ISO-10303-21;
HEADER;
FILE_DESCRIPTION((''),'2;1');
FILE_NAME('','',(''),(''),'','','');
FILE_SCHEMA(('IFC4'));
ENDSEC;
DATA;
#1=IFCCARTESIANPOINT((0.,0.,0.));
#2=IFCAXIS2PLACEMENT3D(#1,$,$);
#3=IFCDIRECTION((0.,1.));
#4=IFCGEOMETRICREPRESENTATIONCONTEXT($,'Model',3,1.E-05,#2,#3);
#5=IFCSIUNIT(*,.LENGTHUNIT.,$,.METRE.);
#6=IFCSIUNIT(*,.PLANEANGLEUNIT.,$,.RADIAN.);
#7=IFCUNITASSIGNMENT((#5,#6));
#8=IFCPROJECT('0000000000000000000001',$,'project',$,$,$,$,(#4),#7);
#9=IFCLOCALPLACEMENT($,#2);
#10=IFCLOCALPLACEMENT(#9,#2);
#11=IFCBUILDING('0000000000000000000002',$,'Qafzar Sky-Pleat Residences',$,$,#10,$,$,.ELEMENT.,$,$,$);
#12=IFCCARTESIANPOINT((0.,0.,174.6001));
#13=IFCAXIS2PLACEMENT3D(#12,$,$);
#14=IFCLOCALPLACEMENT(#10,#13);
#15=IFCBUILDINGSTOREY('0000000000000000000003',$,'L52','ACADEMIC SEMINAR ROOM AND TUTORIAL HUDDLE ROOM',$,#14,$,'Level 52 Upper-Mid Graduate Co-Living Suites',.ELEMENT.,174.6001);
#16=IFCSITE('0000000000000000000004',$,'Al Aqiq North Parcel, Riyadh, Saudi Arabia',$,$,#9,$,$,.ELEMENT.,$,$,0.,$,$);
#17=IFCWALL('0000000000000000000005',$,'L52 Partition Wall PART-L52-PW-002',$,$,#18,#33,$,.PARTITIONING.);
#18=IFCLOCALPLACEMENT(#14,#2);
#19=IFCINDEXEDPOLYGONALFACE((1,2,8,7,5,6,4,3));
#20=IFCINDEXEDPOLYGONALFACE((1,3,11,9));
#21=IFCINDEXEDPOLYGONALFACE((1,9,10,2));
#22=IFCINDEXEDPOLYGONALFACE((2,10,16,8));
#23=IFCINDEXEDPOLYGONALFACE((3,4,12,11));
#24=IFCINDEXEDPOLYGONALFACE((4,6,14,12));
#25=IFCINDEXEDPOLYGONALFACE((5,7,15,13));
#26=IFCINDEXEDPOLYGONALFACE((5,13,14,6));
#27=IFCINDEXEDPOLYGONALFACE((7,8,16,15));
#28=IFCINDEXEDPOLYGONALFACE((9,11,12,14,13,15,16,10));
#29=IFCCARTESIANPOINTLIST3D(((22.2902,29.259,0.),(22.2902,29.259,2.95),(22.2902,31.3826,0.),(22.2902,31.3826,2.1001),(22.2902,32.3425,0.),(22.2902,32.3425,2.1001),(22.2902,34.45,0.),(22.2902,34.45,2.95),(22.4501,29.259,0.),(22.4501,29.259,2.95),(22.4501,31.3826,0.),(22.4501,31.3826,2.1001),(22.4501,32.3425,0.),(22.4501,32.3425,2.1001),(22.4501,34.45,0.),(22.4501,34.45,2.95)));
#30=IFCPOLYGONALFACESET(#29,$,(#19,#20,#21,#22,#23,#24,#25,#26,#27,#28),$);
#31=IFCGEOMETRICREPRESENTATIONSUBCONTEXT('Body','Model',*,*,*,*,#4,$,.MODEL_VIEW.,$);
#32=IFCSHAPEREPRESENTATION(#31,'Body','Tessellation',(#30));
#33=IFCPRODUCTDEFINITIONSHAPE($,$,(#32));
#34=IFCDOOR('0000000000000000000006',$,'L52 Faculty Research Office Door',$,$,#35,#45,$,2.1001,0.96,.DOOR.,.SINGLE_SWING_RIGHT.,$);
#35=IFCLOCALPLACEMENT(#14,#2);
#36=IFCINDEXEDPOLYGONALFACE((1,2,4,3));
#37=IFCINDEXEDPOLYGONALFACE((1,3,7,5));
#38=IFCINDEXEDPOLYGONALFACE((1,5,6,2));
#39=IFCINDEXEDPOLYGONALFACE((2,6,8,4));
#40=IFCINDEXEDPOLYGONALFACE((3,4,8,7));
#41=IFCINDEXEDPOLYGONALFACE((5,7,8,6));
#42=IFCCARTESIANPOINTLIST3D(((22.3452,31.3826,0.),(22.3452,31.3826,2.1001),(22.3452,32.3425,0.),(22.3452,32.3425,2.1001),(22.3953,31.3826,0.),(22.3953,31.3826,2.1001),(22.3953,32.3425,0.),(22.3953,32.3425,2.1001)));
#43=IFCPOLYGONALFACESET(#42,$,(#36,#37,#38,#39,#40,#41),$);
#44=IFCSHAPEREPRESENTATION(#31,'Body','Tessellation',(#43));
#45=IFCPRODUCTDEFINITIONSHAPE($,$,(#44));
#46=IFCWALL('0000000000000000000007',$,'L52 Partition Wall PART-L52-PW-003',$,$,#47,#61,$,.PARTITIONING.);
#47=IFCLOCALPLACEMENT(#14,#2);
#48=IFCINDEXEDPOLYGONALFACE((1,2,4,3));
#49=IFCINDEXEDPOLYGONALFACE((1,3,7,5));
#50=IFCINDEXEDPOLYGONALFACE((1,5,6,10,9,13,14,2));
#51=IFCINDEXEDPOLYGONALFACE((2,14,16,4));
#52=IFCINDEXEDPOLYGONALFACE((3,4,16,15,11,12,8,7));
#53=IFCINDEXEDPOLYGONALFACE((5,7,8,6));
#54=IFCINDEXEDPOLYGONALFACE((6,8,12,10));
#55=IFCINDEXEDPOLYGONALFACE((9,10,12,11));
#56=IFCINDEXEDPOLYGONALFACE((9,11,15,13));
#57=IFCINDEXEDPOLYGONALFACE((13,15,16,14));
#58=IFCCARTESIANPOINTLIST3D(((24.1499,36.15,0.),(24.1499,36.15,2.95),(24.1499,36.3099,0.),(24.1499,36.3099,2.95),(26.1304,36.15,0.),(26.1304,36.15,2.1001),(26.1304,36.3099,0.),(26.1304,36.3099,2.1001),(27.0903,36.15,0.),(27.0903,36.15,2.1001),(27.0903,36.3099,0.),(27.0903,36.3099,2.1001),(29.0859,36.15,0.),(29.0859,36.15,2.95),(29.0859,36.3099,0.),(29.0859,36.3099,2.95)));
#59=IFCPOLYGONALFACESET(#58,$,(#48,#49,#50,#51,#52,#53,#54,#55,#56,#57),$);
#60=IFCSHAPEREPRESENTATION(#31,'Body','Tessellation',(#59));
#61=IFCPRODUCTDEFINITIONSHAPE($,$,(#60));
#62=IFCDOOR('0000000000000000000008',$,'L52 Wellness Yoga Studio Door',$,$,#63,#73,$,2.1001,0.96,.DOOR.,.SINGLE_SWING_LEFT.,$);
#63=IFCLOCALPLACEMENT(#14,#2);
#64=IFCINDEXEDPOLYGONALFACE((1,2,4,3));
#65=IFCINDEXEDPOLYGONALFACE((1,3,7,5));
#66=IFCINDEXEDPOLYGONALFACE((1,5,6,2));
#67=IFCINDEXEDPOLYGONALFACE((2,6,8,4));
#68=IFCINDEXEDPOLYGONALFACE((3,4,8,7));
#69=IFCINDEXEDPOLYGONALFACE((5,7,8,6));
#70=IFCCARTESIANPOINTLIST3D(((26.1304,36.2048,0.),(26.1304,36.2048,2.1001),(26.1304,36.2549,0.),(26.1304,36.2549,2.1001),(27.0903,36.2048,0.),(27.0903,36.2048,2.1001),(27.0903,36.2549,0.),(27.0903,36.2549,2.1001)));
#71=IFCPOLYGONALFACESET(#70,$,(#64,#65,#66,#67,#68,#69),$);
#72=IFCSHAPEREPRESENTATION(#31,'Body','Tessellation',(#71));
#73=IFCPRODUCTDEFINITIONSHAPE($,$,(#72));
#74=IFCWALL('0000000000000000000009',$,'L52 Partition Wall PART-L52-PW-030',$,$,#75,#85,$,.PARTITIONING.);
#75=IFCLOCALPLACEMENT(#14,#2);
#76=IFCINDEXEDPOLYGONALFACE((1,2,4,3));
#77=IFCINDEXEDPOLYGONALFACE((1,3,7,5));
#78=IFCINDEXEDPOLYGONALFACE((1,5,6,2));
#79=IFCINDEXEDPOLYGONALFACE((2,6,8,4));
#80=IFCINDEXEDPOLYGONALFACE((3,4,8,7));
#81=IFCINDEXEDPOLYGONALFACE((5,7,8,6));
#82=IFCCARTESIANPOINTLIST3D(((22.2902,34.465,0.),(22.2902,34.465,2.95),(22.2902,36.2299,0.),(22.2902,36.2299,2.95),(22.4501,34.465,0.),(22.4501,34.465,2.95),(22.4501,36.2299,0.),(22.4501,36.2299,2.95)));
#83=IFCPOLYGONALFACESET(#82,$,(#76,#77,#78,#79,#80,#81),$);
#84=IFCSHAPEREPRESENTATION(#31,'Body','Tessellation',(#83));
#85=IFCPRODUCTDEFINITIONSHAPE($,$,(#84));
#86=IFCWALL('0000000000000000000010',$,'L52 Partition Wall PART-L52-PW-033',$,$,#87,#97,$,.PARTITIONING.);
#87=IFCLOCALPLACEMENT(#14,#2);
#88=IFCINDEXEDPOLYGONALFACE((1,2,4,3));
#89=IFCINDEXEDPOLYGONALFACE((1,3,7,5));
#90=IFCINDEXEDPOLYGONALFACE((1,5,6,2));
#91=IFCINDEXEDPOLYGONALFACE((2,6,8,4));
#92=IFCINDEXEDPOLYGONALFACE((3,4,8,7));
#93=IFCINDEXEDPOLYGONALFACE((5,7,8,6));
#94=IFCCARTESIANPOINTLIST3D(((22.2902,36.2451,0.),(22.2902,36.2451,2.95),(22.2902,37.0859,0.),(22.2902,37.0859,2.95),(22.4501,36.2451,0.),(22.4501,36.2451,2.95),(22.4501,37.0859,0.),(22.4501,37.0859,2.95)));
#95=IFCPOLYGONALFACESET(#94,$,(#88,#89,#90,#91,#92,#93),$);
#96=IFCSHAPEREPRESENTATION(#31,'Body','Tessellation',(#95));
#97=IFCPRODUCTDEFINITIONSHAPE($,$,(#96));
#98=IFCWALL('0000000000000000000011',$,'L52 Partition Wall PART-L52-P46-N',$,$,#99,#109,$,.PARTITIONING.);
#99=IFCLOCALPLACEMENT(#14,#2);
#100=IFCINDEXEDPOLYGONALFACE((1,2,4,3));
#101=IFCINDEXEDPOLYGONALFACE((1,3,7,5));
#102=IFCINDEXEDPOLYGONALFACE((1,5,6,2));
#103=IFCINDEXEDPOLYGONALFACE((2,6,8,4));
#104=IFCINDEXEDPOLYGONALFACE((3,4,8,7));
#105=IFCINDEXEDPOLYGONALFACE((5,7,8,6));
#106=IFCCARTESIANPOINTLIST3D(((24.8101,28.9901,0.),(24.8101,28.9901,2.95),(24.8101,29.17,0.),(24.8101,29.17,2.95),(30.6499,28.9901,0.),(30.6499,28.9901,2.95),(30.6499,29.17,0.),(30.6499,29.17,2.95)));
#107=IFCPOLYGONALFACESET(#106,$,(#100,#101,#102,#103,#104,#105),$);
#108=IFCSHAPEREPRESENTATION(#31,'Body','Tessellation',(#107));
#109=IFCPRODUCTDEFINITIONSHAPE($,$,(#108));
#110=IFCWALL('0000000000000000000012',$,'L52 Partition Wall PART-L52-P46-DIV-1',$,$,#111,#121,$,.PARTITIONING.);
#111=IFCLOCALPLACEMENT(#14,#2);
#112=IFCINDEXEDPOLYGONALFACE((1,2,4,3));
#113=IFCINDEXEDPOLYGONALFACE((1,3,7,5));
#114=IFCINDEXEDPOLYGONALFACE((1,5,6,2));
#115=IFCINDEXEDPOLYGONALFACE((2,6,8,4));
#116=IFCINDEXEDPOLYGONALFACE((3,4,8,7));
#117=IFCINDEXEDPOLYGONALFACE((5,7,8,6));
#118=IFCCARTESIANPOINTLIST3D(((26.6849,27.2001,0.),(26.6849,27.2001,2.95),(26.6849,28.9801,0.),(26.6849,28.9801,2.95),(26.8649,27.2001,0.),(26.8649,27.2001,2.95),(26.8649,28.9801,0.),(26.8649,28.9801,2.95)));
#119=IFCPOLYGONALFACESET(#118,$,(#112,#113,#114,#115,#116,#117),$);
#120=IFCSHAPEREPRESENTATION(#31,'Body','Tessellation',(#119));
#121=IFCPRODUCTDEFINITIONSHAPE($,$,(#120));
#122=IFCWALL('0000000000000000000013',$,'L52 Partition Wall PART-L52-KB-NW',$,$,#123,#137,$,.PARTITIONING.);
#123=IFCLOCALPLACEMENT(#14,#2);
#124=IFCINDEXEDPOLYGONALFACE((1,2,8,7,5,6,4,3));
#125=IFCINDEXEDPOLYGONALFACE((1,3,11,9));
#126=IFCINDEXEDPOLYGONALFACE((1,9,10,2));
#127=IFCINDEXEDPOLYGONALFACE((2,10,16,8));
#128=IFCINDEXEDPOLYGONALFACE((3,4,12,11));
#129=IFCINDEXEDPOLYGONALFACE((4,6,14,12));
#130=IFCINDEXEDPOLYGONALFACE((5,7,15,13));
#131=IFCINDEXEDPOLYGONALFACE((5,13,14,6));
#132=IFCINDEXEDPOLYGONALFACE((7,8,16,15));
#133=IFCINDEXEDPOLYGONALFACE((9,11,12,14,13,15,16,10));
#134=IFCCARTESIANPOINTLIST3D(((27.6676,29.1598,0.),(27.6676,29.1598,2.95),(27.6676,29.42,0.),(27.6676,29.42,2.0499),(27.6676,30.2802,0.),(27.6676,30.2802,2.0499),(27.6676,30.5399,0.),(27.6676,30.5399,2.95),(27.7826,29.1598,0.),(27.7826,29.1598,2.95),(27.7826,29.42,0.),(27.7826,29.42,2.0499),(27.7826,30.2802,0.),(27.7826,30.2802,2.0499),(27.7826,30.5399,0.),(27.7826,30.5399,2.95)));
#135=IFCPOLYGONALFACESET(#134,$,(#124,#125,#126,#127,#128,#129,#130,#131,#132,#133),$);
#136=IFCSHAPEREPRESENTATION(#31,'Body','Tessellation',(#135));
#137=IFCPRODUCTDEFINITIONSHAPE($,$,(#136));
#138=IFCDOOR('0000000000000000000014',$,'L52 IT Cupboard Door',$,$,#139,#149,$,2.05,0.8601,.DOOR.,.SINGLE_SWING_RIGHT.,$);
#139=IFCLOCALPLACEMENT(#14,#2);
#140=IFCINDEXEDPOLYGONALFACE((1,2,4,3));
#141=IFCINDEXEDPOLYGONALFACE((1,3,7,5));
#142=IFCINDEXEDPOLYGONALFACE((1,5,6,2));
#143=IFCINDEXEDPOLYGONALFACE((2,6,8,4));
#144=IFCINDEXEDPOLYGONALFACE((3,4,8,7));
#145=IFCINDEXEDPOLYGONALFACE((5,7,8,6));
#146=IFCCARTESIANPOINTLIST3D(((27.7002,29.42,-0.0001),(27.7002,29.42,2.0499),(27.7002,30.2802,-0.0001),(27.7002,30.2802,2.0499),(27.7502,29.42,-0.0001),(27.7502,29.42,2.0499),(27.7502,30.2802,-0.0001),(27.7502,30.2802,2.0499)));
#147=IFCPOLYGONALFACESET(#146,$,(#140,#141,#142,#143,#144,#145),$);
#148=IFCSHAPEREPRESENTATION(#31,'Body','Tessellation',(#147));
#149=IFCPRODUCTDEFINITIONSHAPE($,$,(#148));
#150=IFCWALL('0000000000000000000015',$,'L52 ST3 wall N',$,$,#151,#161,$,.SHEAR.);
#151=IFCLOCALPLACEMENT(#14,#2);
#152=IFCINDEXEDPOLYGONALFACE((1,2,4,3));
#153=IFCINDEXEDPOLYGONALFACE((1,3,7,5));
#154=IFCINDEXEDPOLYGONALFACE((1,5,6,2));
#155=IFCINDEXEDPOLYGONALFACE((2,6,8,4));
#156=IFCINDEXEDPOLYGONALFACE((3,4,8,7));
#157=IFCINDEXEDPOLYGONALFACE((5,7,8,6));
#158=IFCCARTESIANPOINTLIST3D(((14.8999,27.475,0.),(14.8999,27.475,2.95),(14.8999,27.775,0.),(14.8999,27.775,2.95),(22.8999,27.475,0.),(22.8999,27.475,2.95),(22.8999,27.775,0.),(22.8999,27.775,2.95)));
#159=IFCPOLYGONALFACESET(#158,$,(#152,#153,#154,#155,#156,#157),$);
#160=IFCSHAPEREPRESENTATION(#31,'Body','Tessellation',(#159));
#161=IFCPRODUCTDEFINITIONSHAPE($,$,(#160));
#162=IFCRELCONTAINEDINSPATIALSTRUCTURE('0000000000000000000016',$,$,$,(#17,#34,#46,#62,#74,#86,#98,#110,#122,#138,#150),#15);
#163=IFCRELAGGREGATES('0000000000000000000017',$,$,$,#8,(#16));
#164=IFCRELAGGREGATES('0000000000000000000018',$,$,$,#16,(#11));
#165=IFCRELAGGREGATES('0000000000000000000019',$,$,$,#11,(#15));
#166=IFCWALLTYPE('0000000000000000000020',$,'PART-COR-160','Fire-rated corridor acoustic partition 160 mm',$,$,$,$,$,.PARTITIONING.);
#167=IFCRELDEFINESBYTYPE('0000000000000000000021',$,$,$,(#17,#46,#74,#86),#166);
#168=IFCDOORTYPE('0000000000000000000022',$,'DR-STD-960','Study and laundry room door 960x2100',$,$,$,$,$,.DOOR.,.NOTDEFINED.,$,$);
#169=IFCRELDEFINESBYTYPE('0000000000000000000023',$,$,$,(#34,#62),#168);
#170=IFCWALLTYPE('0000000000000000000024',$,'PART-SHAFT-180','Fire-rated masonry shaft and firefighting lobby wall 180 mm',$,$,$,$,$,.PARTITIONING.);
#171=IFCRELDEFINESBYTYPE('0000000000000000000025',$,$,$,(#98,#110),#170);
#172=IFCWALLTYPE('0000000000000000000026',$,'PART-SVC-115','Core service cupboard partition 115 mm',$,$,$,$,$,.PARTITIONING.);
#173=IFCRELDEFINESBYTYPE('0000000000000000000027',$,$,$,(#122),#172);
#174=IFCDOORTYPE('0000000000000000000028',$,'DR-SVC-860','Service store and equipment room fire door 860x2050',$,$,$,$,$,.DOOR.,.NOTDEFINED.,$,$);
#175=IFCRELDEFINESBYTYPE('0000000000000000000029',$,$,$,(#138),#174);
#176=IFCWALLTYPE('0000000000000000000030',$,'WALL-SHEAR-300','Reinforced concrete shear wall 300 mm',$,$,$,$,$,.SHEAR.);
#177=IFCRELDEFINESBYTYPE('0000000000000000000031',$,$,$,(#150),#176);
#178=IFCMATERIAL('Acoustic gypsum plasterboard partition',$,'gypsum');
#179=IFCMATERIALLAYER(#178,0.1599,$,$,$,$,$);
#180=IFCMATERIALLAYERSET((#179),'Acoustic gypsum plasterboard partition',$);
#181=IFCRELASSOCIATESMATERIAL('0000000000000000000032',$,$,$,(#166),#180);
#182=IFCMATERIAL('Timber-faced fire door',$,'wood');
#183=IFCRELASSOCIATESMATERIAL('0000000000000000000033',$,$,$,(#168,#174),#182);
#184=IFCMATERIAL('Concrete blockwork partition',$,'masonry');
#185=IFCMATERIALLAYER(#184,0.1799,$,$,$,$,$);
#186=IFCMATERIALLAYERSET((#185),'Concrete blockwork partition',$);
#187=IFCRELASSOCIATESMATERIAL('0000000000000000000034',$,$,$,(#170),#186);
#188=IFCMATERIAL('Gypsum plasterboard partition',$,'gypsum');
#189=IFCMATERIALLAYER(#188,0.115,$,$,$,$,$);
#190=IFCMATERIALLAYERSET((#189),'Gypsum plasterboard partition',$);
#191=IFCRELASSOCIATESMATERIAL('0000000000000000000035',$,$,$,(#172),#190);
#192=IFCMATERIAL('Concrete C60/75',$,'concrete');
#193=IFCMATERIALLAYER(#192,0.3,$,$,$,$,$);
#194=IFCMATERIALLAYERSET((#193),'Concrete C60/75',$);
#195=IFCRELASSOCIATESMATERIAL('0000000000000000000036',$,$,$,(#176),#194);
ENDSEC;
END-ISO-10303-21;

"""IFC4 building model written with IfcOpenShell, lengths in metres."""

from ifc_helpers import new_model, si_unit, direction, frame, frame_2d, origin, place, context, subcontext, project, spatial, rectangle, extrude, source, transform, mapped, material, layer, layer_set, type_object, element, fill, save


model = new_model("IFC4")

# Units and contexts
model_context = context("Model", 3, precision=1e-05, world=origin(), true_north=direction((0.0, 1.0)))
body_context = subcontext(model_context, "Body", "Model", "MODEL_VIEW")
ifc_project = project(units=[si_unit("LENGTHUNIT", "METRE"), si_unit("PLANEANGLEUNIT", "RADIAN")], contexts=[model_context])

# Site, building, storey
site_placement = place(None, origin())
site = spatial("IfcSite", under=ifc_project, at=site_placement, Name="Al Aqiq North Parcel, Riyadh, Saudi Arabia", CompositionType="ELEMENT", RefElevation=0.0)
building_placement = place(site_placement, origin())
building = spatial("IfcBuilding", under=site, at=building_placement, Name="Qafzar Sky-Pleat Residences", CompositionType="ELEMENT")
storey_placement = place(building_placement, frame((0.0, 0.0, 174.6001)))
storey = spatial("IfcBuildingStorey", under=building, at=storey_placement, Name="L52", Description="ACADEMIC SEMINAR ROOM AND TUTORIAL HUDDLE ROOM", LongName="Level 52 Upper-Mid Graduate Co-Living Suites", CompositionType="ELEMENT", Elevation=174.6001)

# Walls, openings, doors
ifc_material_1 = material(Name="Acoustic gypsum plasterboard partition", Category="gypsum")
ifc_layer_1 = layer(ifc_material_1, 0.1599)
ifc_layer_set_1 = layer_set([ifc_layer_1], Name="Acoustic gypsum plasterboard partition")
wall_type_1 = type_object("IfcWallType", Name="PART-COR-160", Description="Fire-rated corridor acoustic partition 160 mm", PredefinedType="PARTITIONING", material=ifc_layer_set_1)
wall_1_placement = place(storey_placement, frame((22.3701, 29.259, 0.0), z_axis=(0.0, 0.0, 1.0), x_axis=(0.0, 1.0, 0.0)))
wall_1 = element("IfcWall", 1, at=wall_1_placement, inside=storey, type_object=wall_type_1, Name="L52 Partition Wall PART-L52-PW-002", PredefinedType="PARTITIONING", context=body_context, shape_type="SweptSolid", body=[
    extrude(rectangle(XDim=5.1909, YDim=0.1599, at=frame_2d((2.5955, 0.0))), origin(), (0.0, 0.0, 1.0), 2.95),
])
opening_1_placement = place(wall_1_placement, frame((2.1235, 0.0, 0.0)))
opening_1 = element("IfcOpeningElement", 2, at=opening_1_placement, cuts=wall_1, PredefinedType="OPENING", context=body_context, shape_type="SweptSolid", body=[
    extrude(rectangle(XDim=0.96, YDim=2.1001, at=frame_2d((0.48, 1.05))), frame((0.0, 0.0898, 0.0), z_axis=(0.0, -1.0, 0.0), x_axis=(1.0, 0.0, 0.0)), (0.0, 0.0, 1.0), 0.1799),
])
ifc_material_2 = material(Name="Timber-faced fire door", Category="wood")
door_type_1 = type_object("IfcDoorType", Name="DR-STD-960", Description="Study and laundry room door 960x2100", OperationType="NOTDEFINED", PredefinedType="DOOR", material=ifc_material_2)
shared_shape_1 = source(origin(), body_context, "Body", "SweptSolid", [
    extrude(rectangle(XDim=0.96, YDim=2.1001, at=frame_2d((0.48, 1.05))), frame((0.0, 0.0249, 0.0), z_axis=(0.0, -1.0, 0.0), x_axis=(1.0, 0.0, 0.0)), (0.0, 0.0, 1.0), 0.05),
])
door_1_placement = place(opening_1_placement, origin())
door_1 = element("IfcDoor", 3, at=door_1_placement, inside=storey, type_object=door_type_1, Name="L52 Faculty Research Office Door", OperationType="SINGLE_SWING_RIGHT", OverallHeight=2.1001, OverallWidth=0.96, PredefinedType="DOOR", context=body_context, shape_type="MappedRepresentation", body=[
    mapped(shared_shape_1, transform((0.0, 0.0, 0.0), x_axis=(1.0, 0.0, 0.0), y_axis=(0.0, 1.0, 0.0), z_axis=(0.0, 0.0, 1.0), scale=1.0)),
])
fill(opening_1, door_1)
wall_2_placement = place(storey_placement, frame((24.1499, 36.23, 0.0), z_axis=(0.0, 0.0, 1.0), x_axis=(1.0, 0.0, 0.0)))
wall_2 = element("IfcWall", 4, at=wall_2_placement, inside=storey, type_object=wall_type_1, Name="L52 Partition Wall PART-L52-PW-003", PredefinedType="PARTITIONING", context=body_context, shape_type="SweptSolid", body=[
    extrude(rectangle(XDim=4.936, YDim=0.1599, at=frame_2d((2.468, 0.0))), origin(), (0.0, 0.0, 1.0), 2.95),
])
opening_2_placement = place(wall_2_placement, frame((1.9805, 0.0, 0.0)))
opening_2 = element("IfcOpeningElement", 5, at=opening_2_placement, cuts=wall_2, PredefinedType="OPENING", context=body_context, shape_type="SweptSolid", body=[
    extrude(rectangle(XDim=0.96, YDim=2.1001, at=frame_2d((0.48, 1.05))), frame((0.0, 0.0898, 0.0), z_axis=(0.0, -1.0, 0.0), x_axis=(1.0, 0.0, 0.0)), (0.0, 0.0, 1.0), 0.1799),
])
door_2_placement = place(opening_2_placement, origin())
door_2 = element("IfcDoor", 6, at=door_2_placement, inside=storey, type_object=door_type_1, Name="L52 Wellness Yoga Studio Door", OperationType="SINGLE_SWING_LEFT", OverallHeight=2.1001, OverallWidth=0.96, PredefinedType="DOOR", context=body_context, shape_type="MappedRepresentation", body=[
    mapped(shared_shape_1, transform((0.0, 0.0, 0.0), x_axis=(1.0, 0.0, 0.0), y_axis=(0.0, 1.0, 0.0), z_axis=(0.0, 0.0, 1.0), scale=1.0)),
])
fill(opening_2, door_2)

# Walls
wall_3_placement = place(storey_placement, frame((22.3701, 34.4651, 0.0), z_axis=(0.0, 0.0, 1.0), x_axis=(0.0, 1.0, 0.0)))
element("IfcWall", 7, at=wall_3_placement, inside=storey, type_object=wall_type_1, Name="L52 Partition Wall PART-L52-PW-030", PredefinedType="PARTITIONING", context=body_context, shape_type="SweptSolid", body=[
    extrude(rectangle(XDim=1.7649, YDim=0.1599, at=frame_2d((0.8823, 0.0))), origin(), (0.0, 0.0, 1.0), 2.95),
])
wall_4_placement = place(storey_placement, frame((22.3701, 36.2451, 0.0), z_axis=(0.0, 0.0, 1.0), x_axis=(0.0, 1.0, 0.0)))
element("IfcWall", 8, at=wall_4_placement, inside=storey, type_object=wall_type_1, Name="L52 Partition Wall PART-L52-PW-033", PredefinedType="PARTITIONING", context=body_context, shape_type="SweptSolid", body=[
    extrude(rectangle(XDim=0.8408, YDim=0.1599, at=frame_2d((0.4204, 0.0))), origin(), (0.0, 0.0, 1.0), 2.95),
])
ifc_material_3 = material(Name="Concrete blockwork partition", Category="masonry")
ifc_layer_2 = layer(ifc_material_3, 0.1799)
ifc_layer_set_2 = layer_set([ifc_layer_2], Name="Concrete blockwork partition")
wall_type_2 = type_object("IfcWallType", Name="PART-SHAFT-180", Description="Fire-rated masonry shaft and firefighting lobby wall 180 mm", PredefinedType="PARTITIONING", material=ifc_layer_set_2)
wall_5_placement = place(storey_placement, frame((24.8101, 29.0801, 0.0), z_axis=(0.0, 0.0, 1.0), x_axis=(1.0, 0.0, 0.0)))
element("IfcWall", 9, at=wall_5_placement, inside=storey, type_object=wall_type_2, Name="L52 Partition Wall PART-L52-P46-N", PredefinedType="PARTITIONING", context=body_context, shape_type="SweptSolid", body=[
    extrude(rectangle(XDim=5.8398, YDim=0.1799, at=frame_2d((2.9199, 0.0))), origin(), (0.0, 0.0, 1.0), 2.95),
])

# Wall
wall_6_placement = place(storey_placement, frame((26.7749, 27.2, 0.0), z_axis=(0.0, 0.0, 1.0), x_axis=(0.0, 1.0, 0.0)))
element("IfcWall", 10, at=wall_6_placement, inside=storey, type_object=wall_type_2, Name="L52 Partition Wall PART-L52-P46-DIV-1", PredefinedType="PARTITIONING", context=body_context, shape_type="SweptSolid", body=[
    extrude(rectangle(XDim=1.78, YDim=0.1799, at=frame_2d((0.8901, 0.0))), origin(), (0.0, 0.0, 1.0), 2.95),
])

# Wall, opening, door
ifc_material_4 = material(Name="Gypsum plasterboard partition", Category="gypsum")
ifc_layer_3 = layer(ifc_material_4, 0.115)
ifc_layer_set_3 = layer_set([ifc_layer_3], Name="Gypsum plasterboard partition")
wall_type_3 = type_object("IfcWallType", Name="PART-SVC-115", Description="Core service cupboard partition 115 mm", PredefinedType="PARTITIONING", material=ifc_layer_set_3)
wall_7_placement = place(storey_placement, frame((27.7251, 29.1599, 0.0), z_axis=(0.0, 0.0, 1.0), x_axis=(0.0, 1.0, 0.0)))
wall_7 = element("IfcWall", 11, at=wall_7_placement, inside=storey, type_object=wall_type_3, Name="L52 Partition Wall PART-L52-KB-NW", PredefinedType="PARTITIONING", context=body_context, shape_type="SweptSolid", body=[
    extrude(rectangle(XDim=1.3801, YDim=0.115, at=frame_2d((0.6899, 0.0))), origin(), (0.0, 0.0, 1.0), 2.95),
])
opening_3_placement = place(wall_7_placement, frame((0.26, 0.0, 0.0)))
opening_3 = element("IfcOpeningElement", 12, at=opening_3_placement, cuts=wall_7, PredefinedType="OPENING", context=body_context, shape_type="SweptSolid", body=[
    extrude(rectangle(XDim=0.8601, YDim=2.05, at=frame_2d((0.4302, 1.0249))), frame((0.0, 0.0674, 0.0), z_axis=(0.0, -1.0, 0.0), x_axis=(1.0, 0.0, 0.0)), (0.0, 0.0, 1.0), 0.135),
])
door_type_2 = type_object("IfcDoorType", Name="DR-SVC-860", Description="Service store and equipment room fire door 860x2050", OperationType="NOTDEFINED", PredefinedType="DOOR", material=ifc_material_2)
shared_shape_2 = source(origin(), body_context, "Body", "SweptSolid", [
    extrude(rectangle(XDim=0.8601, YDim=2.05, at=frame_2d((0.4302, 1.0249))), frame((0.0, 0.0249, 0.0), z_axis=(0.0, -1.0, 0.0), x_axis=(1.0, 0.0, 0.0)), (0.0, 0.0, 1.0), 0.05),
])
door_3_placement = place(opening_3_placement, origin())
door_3 = element("IfcDoor", 13, at=door_3_placement, inside=storey, type_object=door_type_2, Name="L52 IT Cupboard Door", OperationType="SINGLE_SWING_RIGHT", OverallHeight=2.05, OverallWidth=0.8601, PredefinedType="DOOR", context=body_context, shape_type="MappedRepresentation", body=[
    mapped(shared_shape_2, transform((0.0, 0.0, 0.0), x_axis=(1.0, 0.0, 0.0), y_axis=(0.0, 1.0, 0.0), z_axis=(0.0, 0.0, 1.0), scale=1.0)),
])
fill(opening_3, door_3)

# Shared definitions
ifc_material_5 = material(Name="Concrete C60/75", Category="concrete")
ifc_layer_4 = layer(ifc_material_5, 0.3)
ifc_layer_set_4 = layer_set([ifc_layer_4], Name="Concrete C60/75")
wall_type_4 = type_object("IfcWallType", Name="WALL-SHEAR-300", Description="Reinforced concrete shear wall 300 mm", PredefinedType="SHEAR", material=ifc_layer_set_4)

# Wall
wall_8_placement = place(storey_placement, frame((22.8999, 27.625, 0.0), z_axis=(0.0, 0.0, 1.0), x_axis=(-1.0, 0.0, 0.0)))
element("IfcWall", 14, at=wall_8_placement, inside=storey, type_object=wall_type_4, Name="L52 ST3 wall N", PredefinedType="SHEAR", context=body_context, shape_type="SweptSolid", body=[
    extrude(rectangle(XDim=8.0, YDim=0.3, at=frame_2d((4.0, 0.0))), origin(), (0.0, 0.0, 1.0), 2.95),
])

save(model, "model.ifc")
